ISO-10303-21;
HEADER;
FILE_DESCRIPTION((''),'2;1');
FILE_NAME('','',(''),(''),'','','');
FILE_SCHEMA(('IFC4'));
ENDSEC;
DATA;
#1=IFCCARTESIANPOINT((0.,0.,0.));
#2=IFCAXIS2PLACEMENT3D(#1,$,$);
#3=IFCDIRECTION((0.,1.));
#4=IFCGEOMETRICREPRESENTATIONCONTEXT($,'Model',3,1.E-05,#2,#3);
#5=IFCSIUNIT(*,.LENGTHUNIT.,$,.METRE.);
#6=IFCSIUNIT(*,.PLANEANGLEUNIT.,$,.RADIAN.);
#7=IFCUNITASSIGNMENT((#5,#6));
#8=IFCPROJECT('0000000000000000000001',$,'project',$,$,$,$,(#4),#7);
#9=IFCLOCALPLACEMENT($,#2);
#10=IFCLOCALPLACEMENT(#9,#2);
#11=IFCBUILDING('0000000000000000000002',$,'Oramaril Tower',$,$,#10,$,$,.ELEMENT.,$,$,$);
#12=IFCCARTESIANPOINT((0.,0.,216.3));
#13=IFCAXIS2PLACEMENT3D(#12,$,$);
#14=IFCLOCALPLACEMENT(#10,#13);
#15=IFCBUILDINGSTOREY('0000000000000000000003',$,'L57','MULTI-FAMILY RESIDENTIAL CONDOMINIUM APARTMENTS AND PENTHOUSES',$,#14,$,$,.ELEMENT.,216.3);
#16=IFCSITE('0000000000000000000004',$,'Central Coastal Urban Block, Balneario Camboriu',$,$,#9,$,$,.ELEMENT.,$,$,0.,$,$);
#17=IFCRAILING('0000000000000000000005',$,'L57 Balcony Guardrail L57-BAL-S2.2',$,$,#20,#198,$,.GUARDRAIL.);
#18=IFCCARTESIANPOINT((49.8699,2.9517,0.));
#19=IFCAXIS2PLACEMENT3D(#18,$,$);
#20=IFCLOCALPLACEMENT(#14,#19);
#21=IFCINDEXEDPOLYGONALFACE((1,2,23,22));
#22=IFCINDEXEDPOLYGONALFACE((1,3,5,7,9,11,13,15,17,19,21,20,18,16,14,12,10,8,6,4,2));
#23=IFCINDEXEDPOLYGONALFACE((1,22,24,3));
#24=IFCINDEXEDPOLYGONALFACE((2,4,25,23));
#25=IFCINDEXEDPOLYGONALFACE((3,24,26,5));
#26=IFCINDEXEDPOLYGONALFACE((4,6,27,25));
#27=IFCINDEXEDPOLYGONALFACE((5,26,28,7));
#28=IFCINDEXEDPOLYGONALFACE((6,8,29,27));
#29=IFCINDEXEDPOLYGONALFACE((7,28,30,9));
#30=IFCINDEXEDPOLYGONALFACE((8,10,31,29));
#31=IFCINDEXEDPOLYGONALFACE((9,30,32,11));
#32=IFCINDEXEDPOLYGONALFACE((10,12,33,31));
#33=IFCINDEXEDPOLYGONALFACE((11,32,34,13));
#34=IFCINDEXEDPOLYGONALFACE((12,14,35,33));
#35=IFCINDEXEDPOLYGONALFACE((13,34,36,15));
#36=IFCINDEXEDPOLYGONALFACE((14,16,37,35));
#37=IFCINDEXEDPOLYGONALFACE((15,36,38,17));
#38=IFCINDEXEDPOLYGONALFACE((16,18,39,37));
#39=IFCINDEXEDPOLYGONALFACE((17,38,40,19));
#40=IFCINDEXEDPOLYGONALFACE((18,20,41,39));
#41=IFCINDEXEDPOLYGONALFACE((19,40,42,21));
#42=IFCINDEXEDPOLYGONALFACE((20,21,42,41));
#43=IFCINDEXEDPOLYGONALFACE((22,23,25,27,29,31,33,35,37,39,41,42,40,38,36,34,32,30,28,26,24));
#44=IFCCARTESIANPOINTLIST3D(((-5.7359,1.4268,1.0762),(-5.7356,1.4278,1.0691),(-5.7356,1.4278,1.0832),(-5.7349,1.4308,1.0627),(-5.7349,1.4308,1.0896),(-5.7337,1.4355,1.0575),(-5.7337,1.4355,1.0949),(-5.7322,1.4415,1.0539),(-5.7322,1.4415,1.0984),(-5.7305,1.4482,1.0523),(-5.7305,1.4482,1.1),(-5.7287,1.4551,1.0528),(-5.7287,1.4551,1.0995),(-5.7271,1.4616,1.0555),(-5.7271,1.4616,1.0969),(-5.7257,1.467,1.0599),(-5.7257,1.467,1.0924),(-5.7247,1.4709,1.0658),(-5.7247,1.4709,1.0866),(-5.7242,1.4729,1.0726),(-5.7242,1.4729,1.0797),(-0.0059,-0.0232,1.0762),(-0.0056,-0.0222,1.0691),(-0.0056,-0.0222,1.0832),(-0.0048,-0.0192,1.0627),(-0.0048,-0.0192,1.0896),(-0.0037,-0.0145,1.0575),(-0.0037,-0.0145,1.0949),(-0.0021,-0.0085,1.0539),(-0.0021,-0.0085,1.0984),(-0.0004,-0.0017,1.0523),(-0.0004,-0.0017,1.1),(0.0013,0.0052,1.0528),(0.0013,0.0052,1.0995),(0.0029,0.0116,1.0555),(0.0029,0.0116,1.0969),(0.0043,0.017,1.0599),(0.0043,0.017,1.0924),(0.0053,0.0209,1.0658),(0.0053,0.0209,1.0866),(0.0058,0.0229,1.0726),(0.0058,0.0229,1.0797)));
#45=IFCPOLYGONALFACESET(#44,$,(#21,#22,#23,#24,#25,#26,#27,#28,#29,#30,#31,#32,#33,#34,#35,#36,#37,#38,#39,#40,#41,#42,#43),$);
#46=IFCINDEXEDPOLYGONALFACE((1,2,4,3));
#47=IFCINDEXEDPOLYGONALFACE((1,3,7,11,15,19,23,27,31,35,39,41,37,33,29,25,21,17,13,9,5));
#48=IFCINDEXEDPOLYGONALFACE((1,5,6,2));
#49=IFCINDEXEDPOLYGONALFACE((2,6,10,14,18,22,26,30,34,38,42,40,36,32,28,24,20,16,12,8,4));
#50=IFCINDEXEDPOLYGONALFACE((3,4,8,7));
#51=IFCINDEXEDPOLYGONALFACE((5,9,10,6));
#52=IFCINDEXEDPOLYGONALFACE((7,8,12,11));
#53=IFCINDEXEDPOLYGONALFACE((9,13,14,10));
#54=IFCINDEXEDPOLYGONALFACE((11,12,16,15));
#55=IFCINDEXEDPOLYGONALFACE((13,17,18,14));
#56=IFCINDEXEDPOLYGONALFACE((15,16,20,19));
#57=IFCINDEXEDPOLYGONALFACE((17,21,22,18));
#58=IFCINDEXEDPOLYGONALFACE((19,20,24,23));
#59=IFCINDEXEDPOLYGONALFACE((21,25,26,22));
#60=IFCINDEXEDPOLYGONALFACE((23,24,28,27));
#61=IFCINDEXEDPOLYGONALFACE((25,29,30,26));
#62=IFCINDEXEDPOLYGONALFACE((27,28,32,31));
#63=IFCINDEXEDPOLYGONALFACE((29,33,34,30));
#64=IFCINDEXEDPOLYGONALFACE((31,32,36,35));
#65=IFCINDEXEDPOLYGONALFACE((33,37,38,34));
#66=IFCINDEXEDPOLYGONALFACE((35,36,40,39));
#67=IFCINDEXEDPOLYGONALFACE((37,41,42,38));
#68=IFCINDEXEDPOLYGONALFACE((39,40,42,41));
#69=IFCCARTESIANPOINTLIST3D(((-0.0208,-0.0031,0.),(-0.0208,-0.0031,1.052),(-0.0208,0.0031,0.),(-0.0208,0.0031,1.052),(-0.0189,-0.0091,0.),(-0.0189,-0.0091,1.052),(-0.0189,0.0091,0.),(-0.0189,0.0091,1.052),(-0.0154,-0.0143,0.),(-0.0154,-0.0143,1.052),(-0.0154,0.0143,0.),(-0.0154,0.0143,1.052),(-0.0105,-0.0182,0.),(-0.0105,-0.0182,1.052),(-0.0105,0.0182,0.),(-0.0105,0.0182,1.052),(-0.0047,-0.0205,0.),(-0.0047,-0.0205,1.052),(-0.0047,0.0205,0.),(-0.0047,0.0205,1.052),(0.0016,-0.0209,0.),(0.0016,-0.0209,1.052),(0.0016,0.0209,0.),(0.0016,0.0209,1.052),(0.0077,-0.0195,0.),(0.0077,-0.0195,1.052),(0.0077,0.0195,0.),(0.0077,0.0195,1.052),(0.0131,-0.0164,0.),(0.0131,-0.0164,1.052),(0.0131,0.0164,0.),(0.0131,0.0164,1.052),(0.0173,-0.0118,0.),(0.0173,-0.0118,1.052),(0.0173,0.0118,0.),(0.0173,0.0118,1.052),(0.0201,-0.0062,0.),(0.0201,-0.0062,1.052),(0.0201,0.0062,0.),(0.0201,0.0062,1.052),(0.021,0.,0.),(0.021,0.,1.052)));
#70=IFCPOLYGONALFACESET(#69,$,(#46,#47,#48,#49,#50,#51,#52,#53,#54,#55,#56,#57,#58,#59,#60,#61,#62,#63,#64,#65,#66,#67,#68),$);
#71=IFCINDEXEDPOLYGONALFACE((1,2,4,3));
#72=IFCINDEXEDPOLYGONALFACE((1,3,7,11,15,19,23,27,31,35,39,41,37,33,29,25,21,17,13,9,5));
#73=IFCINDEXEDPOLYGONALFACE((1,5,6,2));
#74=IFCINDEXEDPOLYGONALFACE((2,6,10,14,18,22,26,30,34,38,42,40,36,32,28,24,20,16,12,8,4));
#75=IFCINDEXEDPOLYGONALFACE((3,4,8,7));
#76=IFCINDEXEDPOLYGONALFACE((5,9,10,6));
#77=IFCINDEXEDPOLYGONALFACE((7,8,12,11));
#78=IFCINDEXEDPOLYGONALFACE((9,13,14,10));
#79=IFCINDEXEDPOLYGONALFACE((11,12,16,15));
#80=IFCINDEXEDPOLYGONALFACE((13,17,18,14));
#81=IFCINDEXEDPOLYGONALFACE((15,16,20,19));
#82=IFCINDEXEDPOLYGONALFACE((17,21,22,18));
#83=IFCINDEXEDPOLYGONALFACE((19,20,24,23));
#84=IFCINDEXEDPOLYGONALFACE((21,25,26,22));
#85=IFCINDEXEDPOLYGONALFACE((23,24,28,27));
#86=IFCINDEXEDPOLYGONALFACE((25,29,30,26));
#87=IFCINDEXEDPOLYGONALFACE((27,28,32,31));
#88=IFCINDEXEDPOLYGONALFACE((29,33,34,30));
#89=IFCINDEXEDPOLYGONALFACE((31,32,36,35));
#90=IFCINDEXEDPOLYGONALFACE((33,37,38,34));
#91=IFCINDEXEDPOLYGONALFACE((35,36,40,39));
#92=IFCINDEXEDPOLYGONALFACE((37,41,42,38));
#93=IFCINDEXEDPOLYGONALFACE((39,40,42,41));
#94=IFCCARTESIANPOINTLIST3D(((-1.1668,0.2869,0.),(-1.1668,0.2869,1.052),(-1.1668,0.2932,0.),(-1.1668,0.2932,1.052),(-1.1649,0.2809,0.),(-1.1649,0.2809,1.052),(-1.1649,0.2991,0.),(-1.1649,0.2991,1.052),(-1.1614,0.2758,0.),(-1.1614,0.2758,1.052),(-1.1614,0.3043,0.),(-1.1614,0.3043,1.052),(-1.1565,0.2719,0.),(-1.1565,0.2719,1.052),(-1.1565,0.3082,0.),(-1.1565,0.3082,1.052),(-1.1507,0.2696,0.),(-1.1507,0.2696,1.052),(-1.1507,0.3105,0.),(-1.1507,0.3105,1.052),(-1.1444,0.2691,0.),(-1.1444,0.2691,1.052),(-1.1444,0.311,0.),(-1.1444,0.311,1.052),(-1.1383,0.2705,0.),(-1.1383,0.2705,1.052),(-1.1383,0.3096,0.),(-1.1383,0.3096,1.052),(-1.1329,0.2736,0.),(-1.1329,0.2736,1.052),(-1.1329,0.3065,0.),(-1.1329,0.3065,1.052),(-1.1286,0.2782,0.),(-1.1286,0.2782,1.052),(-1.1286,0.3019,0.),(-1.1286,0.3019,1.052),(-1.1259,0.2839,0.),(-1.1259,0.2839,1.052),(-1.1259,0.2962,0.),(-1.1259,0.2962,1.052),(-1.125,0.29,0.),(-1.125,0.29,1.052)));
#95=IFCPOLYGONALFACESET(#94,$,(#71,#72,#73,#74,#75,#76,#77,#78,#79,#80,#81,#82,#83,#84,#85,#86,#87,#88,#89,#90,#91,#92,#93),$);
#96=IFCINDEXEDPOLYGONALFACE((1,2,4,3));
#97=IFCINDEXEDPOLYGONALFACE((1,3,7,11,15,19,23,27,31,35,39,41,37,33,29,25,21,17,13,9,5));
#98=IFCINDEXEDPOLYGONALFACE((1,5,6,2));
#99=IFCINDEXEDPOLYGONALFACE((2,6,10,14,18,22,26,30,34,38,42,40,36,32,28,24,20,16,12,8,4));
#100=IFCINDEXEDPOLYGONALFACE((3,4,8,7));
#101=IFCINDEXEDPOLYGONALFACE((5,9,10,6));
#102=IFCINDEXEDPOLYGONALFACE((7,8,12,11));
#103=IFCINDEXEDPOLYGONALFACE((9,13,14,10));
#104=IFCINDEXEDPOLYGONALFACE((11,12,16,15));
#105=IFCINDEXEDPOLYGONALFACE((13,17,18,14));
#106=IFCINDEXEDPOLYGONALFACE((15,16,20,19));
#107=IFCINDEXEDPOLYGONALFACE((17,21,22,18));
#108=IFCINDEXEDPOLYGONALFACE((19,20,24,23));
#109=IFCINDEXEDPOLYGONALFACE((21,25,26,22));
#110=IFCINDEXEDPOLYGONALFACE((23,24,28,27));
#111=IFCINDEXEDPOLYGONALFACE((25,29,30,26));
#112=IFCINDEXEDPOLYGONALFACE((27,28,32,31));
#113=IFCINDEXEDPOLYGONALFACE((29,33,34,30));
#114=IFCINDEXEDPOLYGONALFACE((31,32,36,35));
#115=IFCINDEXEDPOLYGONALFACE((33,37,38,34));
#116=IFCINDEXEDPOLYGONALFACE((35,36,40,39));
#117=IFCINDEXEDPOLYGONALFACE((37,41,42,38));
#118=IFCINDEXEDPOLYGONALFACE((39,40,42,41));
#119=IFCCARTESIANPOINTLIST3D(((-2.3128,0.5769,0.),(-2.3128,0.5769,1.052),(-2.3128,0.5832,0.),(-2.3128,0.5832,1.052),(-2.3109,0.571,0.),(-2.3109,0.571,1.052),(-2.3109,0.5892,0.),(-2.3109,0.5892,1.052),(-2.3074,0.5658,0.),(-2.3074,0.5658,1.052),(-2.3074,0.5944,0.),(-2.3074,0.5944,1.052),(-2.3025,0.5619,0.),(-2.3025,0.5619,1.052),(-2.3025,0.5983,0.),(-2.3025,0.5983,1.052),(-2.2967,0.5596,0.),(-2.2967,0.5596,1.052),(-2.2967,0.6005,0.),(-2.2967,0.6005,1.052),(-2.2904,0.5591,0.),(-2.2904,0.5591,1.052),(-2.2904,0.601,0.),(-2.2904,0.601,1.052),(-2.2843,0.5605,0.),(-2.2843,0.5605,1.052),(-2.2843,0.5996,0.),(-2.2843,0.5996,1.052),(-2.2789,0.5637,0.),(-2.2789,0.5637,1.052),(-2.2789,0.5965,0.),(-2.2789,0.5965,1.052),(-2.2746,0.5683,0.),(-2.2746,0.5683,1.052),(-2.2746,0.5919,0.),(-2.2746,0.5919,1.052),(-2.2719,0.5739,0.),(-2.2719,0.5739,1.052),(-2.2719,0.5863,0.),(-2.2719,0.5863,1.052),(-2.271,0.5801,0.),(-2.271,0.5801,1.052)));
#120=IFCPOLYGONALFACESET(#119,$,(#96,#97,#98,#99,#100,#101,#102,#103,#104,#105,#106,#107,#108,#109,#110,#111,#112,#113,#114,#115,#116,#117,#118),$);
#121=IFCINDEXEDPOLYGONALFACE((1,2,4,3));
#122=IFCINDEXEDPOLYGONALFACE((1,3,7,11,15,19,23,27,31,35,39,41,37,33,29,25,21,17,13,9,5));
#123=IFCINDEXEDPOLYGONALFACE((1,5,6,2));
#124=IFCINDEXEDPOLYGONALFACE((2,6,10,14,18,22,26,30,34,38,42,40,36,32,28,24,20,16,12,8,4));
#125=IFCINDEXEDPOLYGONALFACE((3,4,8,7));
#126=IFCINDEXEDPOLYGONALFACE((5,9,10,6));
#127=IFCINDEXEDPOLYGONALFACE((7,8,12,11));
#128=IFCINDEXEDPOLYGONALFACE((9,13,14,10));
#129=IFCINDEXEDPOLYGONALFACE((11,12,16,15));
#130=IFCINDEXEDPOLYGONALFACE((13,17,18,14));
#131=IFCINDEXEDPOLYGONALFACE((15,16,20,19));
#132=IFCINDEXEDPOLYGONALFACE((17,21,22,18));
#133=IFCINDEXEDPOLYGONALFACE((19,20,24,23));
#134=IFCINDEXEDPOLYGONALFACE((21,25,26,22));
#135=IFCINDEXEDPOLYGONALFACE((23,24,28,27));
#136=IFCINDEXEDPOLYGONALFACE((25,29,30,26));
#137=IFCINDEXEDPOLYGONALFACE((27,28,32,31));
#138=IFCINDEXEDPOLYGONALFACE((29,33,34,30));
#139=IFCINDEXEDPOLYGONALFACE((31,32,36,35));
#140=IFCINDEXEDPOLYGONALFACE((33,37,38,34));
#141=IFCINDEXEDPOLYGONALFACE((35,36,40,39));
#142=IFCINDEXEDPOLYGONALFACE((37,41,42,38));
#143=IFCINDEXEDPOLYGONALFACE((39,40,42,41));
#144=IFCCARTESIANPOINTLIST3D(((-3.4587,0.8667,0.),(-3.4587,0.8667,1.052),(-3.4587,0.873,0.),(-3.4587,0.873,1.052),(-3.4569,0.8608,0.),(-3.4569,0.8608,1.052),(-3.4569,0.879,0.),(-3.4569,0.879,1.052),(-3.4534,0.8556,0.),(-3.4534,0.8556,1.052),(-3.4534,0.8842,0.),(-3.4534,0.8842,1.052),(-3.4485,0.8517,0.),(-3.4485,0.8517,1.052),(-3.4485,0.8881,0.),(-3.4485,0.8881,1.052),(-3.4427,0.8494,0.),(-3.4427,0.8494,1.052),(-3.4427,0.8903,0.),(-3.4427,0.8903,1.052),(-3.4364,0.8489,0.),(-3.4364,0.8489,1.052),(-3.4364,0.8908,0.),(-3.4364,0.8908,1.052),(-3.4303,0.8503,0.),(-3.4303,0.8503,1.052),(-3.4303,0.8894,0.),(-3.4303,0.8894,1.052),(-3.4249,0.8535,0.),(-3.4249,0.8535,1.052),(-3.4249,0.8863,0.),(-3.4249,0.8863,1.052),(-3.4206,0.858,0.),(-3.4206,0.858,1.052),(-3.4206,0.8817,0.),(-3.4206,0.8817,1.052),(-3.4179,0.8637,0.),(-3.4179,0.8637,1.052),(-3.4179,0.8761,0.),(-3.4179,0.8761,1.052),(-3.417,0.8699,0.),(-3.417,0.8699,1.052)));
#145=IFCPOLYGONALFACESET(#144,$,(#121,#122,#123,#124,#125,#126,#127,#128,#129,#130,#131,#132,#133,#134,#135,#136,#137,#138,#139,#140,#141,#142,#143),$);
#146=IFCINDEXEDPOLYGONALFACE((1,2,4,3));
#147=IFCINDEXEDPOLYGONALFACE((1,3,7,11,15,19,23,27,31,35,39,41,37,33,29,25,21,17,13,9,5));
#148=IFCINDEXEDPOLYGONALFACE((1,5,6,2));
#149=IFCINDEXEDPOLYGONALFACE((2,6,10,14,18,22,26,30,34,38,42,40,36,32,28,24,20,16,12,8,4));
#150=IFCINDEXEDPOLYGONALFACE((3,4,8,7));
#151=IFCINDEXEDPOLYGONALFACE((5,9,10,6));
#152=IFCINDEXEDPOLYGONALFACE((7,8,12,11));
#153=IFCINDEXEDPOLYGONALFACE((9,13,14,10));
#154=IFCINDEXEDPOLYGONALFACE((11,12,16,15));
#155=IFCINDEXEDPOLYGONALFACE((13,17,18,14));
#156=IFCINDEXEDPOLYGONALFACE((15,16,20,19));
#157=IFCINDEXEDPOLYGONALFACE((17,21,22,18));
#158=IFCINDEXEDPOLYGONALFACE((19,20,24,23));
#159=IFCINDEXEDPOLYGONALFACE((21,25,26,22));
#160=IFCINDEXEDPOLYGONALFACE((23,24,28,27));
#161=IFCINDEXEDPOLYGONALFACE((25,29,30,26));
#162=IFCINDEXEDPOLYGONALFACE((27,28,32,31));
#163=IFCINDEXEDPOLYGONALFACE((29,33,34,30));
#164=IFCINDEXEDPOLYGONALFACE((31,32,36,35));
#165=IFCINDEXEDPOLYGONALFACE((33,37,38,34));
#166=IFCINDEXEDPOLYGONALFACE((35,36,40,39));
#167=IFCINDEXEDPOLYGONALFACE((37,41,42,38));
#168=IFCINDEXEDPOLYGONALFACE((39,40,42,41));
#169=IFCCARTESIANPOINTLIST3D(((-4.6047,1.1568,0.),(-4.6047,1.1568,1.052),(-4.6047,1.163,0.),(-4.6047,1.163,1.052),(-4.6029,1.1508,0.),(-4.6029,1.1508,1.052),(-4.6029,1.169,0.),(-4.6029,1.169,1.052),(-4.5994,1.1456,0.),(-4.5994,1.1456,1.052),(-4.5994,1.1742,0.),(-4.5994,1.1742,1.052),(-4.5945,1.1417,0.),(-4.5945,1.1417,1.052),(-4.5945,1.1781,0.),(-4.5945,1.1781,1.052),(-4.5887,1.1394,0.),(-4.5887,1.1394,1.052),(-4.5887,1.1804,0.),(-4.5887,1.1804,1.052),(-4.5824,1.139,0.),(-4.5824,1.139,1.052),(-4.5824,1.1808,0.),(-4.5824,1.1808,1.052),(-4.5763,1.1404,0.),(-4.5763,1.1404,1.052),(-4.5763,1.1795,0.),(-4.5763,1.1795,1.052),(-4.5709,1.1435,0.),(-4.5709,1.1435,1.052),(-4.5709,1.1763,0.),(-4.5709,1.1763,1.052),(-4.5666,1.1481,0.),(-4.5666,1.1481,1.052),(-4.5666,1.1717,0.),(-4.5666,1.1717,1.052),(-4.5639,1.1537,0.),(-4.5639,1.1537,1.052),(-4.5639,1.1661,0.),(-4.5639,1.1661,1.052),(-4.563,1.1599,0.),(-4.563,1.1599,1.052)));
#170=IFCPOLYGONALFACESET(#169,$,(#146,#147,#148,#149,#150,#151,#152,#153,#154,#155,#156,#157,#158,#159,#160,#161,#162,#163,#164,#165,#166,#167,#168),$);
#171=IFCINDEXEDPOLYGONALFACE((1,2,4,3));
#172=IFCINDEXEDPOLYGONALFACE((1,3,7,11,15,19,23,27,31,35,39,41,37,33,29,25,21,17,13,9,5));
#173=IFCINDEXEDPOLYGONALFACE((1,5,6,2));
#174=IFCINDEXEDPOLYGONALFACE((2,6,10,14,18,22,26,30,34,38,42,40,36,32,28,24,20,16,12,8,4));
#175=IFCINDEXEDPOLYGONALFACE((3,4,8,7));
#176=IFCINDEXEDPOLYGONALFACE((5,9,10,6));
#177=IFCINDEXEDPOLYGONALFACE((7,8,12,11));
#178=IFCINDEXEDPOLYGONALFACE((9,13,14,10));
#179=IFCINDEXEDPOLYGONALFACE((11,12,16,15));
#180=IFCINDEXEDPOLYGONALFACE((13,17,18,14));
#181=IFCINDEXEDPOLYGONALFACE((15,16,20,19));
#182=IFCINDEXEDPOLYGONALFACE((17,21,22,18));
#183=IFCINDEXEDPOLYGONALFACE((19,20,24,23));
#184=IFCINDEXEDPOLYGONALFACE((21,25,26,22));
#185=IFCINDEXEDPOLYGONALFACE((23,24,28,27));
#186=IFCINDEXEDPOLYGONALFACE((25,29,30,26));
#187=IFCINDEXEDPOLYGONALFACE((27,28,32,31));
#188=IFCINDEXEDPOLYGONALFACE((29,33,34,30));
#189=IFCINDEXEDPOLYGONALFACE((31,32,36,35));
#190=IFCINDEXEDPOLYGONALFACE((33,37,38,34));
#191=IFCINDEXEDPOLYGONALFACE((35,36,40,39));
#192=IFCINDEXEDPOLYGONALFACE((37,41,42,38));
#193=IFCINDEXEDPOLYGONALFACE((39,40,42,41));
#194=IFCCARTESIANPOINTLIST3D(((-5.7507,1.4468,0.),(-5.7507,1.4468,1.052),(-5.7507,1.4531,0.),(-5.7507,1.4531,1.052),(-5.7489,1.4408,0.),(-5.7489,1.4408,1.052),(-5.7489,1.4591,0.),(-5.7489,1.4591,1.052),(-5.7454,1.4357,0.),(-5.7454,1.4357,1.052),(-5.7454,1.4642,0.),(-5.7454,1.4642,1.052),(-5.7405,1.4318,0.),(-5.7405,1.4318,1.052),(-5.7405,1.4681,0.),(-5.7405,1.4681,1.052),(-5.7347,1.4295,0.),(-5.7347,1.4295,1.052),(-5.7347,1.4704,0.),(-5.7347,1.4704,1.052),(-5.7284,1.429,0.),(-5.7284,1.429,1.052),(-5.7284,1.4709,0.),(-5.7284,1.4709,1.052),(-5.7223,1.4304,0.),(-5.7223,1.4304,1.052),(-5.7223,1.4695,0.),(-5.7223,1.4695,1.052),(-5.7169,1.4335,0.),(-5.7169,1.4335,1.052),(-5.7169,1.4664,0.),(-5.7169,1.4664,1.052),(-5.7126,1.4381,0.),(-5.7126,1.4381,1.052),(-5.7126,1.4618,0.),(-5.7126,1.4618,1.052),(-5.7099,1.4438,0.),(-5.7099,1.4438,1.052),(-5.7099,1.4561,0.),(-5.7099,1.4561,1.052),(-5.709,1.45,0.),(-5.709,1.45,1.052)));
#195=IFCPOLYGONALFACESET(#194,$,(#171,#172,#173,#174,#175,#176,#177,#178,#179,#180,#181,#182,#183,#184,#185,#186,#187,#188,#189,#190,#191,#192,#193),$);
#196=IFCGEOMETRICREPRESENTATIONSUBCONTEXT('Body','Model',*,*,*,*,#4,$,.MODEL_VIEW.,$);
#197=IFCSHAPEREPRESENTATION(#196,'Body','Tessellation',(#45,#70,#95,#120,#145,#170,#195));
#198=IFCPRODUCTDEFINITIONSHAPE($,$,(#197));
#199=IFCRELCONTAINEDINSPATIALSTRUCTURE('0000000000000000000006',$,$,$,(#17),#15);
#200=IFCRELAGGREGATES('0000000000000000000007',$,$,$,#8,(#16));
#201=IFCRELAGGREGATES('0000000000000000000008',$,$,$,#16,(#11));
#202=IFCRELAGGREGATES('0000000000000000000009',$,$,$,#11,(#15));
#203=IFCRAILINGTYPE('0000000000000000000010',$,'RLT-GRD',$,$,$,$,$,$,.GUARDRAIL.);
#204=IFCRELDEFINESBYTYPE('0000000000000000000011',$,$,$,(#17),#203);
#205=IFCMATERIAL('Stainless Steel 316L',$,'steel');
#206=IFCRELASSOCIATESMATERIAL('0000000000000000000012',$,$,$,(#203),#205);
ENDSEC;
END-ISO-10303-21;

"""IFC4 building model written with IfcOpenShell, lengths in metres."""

from ifc_helpers import new_model, si_unit, direction, frame, origin, origin_2d, place, context, subcontext, project, spatial, circle, extrude, material, type_object, element, save


model = new_model("IFC4")

# Units and contexts
model_context = context("Model", 3, precision=1e-05, world=origin(), true_north=direction((0.0, 1.0)))
body_context = subcontext(model_context, "Body", "Model", "MODEL_VIEW")
ifc_project = project(units=[si_unit("LENGTHUNIT", "METRE"), si_unit("PLANEANGLEUNIT", "RADIAN")], contexts=[model_context])

# Site, building, storey
site_placement = place(None, origin())
site = spatial("IfcSite", under=ifc_project, at=site_placement, Name="Central Coastal Urban Block, Balneario Camboriu", CompositionType="ELEMENT", RefElevation=0.0)
building_placement = place(site_placement, origin())
building = spatial("IfcBuilding", under=site, at=building_placement, Name="Oramaril Tower", CompositionType="ELEMENT")
storey_placement = place(building_placement, frame((0.0, 0.0, 216.3)))
storey = spatial("IfcBuildingStorey", under=building, at=storey_placement, Name="L57", Description="MULTI-FAMILY RESIDENTIAL CONDOMINIUM APARTMENTS AND PENTHOUSES", CompositionType="ELEMENT", Elevation=216.3)

# Railing
ifc_material_1 = material(Name="Stainless Steel 316L", Category="steel")
railing_type = type_object("IfcRailingType", Name="RLT-GRD", PredefinedType="GUARDRAIL", material=ifc_material_1)
railing_1_placement = place(storey_placement, frame((49.8699, 2.9517, 0.0)))
element("IfcRailing", 1, at=railing_1_placement, inside=storey, type_object=railing_type, Name="L57 Balcony Guardrail L57-BAL-S2.2", PredefinedType="GUARDRAIL", context=body_context, shape_type="SweptSolid", body=[
    extrude(circle(Radius=0.0239, at=origin_2d()), frame((0.0, 0.0, 1.0762), z_axis=(-0.969444, 0.245314, 0.0), x_axis=(-0.245314, -0.969444, 0.0)), (0.0, 0.0, 1.0), 5.9106),
    extrude(circle(Radius=0.021, at=origin_2d()), origin(), (0.0, 0.0, 1.0), 1.052),
    extrude(circle(Radius=0.021, at=origin_2d()), frame((-1.146, 0.29, 0.0)), (0.0, 0.0, 1.0), 1.052),
    extrude(circle(Radius=0.021, at=origin_2d()), frame((-2.292, 0.5801, 0.0)), (0.0, 0.0, 1.0), 1.052),
    extrude(circle(Radius=0.021, at=origin_2d()), frame((-3.438, 0.8699, 0.0)), (0.0, 0.0, 1.0), 1.052),
    extrude(circle(Radius=0.021, at=origin_2d()), frame((-4.584, 1.1599, 0.0)), (0.0, 0.0, 1.0), 1.052),
    extrude(circle(Radius=0.021, at=origin_2d()), frame((-5.73, 1.45, 0.0)), (0.0, 0.0, 1.0), 1.052),
])

save(model, "model.ifc")
